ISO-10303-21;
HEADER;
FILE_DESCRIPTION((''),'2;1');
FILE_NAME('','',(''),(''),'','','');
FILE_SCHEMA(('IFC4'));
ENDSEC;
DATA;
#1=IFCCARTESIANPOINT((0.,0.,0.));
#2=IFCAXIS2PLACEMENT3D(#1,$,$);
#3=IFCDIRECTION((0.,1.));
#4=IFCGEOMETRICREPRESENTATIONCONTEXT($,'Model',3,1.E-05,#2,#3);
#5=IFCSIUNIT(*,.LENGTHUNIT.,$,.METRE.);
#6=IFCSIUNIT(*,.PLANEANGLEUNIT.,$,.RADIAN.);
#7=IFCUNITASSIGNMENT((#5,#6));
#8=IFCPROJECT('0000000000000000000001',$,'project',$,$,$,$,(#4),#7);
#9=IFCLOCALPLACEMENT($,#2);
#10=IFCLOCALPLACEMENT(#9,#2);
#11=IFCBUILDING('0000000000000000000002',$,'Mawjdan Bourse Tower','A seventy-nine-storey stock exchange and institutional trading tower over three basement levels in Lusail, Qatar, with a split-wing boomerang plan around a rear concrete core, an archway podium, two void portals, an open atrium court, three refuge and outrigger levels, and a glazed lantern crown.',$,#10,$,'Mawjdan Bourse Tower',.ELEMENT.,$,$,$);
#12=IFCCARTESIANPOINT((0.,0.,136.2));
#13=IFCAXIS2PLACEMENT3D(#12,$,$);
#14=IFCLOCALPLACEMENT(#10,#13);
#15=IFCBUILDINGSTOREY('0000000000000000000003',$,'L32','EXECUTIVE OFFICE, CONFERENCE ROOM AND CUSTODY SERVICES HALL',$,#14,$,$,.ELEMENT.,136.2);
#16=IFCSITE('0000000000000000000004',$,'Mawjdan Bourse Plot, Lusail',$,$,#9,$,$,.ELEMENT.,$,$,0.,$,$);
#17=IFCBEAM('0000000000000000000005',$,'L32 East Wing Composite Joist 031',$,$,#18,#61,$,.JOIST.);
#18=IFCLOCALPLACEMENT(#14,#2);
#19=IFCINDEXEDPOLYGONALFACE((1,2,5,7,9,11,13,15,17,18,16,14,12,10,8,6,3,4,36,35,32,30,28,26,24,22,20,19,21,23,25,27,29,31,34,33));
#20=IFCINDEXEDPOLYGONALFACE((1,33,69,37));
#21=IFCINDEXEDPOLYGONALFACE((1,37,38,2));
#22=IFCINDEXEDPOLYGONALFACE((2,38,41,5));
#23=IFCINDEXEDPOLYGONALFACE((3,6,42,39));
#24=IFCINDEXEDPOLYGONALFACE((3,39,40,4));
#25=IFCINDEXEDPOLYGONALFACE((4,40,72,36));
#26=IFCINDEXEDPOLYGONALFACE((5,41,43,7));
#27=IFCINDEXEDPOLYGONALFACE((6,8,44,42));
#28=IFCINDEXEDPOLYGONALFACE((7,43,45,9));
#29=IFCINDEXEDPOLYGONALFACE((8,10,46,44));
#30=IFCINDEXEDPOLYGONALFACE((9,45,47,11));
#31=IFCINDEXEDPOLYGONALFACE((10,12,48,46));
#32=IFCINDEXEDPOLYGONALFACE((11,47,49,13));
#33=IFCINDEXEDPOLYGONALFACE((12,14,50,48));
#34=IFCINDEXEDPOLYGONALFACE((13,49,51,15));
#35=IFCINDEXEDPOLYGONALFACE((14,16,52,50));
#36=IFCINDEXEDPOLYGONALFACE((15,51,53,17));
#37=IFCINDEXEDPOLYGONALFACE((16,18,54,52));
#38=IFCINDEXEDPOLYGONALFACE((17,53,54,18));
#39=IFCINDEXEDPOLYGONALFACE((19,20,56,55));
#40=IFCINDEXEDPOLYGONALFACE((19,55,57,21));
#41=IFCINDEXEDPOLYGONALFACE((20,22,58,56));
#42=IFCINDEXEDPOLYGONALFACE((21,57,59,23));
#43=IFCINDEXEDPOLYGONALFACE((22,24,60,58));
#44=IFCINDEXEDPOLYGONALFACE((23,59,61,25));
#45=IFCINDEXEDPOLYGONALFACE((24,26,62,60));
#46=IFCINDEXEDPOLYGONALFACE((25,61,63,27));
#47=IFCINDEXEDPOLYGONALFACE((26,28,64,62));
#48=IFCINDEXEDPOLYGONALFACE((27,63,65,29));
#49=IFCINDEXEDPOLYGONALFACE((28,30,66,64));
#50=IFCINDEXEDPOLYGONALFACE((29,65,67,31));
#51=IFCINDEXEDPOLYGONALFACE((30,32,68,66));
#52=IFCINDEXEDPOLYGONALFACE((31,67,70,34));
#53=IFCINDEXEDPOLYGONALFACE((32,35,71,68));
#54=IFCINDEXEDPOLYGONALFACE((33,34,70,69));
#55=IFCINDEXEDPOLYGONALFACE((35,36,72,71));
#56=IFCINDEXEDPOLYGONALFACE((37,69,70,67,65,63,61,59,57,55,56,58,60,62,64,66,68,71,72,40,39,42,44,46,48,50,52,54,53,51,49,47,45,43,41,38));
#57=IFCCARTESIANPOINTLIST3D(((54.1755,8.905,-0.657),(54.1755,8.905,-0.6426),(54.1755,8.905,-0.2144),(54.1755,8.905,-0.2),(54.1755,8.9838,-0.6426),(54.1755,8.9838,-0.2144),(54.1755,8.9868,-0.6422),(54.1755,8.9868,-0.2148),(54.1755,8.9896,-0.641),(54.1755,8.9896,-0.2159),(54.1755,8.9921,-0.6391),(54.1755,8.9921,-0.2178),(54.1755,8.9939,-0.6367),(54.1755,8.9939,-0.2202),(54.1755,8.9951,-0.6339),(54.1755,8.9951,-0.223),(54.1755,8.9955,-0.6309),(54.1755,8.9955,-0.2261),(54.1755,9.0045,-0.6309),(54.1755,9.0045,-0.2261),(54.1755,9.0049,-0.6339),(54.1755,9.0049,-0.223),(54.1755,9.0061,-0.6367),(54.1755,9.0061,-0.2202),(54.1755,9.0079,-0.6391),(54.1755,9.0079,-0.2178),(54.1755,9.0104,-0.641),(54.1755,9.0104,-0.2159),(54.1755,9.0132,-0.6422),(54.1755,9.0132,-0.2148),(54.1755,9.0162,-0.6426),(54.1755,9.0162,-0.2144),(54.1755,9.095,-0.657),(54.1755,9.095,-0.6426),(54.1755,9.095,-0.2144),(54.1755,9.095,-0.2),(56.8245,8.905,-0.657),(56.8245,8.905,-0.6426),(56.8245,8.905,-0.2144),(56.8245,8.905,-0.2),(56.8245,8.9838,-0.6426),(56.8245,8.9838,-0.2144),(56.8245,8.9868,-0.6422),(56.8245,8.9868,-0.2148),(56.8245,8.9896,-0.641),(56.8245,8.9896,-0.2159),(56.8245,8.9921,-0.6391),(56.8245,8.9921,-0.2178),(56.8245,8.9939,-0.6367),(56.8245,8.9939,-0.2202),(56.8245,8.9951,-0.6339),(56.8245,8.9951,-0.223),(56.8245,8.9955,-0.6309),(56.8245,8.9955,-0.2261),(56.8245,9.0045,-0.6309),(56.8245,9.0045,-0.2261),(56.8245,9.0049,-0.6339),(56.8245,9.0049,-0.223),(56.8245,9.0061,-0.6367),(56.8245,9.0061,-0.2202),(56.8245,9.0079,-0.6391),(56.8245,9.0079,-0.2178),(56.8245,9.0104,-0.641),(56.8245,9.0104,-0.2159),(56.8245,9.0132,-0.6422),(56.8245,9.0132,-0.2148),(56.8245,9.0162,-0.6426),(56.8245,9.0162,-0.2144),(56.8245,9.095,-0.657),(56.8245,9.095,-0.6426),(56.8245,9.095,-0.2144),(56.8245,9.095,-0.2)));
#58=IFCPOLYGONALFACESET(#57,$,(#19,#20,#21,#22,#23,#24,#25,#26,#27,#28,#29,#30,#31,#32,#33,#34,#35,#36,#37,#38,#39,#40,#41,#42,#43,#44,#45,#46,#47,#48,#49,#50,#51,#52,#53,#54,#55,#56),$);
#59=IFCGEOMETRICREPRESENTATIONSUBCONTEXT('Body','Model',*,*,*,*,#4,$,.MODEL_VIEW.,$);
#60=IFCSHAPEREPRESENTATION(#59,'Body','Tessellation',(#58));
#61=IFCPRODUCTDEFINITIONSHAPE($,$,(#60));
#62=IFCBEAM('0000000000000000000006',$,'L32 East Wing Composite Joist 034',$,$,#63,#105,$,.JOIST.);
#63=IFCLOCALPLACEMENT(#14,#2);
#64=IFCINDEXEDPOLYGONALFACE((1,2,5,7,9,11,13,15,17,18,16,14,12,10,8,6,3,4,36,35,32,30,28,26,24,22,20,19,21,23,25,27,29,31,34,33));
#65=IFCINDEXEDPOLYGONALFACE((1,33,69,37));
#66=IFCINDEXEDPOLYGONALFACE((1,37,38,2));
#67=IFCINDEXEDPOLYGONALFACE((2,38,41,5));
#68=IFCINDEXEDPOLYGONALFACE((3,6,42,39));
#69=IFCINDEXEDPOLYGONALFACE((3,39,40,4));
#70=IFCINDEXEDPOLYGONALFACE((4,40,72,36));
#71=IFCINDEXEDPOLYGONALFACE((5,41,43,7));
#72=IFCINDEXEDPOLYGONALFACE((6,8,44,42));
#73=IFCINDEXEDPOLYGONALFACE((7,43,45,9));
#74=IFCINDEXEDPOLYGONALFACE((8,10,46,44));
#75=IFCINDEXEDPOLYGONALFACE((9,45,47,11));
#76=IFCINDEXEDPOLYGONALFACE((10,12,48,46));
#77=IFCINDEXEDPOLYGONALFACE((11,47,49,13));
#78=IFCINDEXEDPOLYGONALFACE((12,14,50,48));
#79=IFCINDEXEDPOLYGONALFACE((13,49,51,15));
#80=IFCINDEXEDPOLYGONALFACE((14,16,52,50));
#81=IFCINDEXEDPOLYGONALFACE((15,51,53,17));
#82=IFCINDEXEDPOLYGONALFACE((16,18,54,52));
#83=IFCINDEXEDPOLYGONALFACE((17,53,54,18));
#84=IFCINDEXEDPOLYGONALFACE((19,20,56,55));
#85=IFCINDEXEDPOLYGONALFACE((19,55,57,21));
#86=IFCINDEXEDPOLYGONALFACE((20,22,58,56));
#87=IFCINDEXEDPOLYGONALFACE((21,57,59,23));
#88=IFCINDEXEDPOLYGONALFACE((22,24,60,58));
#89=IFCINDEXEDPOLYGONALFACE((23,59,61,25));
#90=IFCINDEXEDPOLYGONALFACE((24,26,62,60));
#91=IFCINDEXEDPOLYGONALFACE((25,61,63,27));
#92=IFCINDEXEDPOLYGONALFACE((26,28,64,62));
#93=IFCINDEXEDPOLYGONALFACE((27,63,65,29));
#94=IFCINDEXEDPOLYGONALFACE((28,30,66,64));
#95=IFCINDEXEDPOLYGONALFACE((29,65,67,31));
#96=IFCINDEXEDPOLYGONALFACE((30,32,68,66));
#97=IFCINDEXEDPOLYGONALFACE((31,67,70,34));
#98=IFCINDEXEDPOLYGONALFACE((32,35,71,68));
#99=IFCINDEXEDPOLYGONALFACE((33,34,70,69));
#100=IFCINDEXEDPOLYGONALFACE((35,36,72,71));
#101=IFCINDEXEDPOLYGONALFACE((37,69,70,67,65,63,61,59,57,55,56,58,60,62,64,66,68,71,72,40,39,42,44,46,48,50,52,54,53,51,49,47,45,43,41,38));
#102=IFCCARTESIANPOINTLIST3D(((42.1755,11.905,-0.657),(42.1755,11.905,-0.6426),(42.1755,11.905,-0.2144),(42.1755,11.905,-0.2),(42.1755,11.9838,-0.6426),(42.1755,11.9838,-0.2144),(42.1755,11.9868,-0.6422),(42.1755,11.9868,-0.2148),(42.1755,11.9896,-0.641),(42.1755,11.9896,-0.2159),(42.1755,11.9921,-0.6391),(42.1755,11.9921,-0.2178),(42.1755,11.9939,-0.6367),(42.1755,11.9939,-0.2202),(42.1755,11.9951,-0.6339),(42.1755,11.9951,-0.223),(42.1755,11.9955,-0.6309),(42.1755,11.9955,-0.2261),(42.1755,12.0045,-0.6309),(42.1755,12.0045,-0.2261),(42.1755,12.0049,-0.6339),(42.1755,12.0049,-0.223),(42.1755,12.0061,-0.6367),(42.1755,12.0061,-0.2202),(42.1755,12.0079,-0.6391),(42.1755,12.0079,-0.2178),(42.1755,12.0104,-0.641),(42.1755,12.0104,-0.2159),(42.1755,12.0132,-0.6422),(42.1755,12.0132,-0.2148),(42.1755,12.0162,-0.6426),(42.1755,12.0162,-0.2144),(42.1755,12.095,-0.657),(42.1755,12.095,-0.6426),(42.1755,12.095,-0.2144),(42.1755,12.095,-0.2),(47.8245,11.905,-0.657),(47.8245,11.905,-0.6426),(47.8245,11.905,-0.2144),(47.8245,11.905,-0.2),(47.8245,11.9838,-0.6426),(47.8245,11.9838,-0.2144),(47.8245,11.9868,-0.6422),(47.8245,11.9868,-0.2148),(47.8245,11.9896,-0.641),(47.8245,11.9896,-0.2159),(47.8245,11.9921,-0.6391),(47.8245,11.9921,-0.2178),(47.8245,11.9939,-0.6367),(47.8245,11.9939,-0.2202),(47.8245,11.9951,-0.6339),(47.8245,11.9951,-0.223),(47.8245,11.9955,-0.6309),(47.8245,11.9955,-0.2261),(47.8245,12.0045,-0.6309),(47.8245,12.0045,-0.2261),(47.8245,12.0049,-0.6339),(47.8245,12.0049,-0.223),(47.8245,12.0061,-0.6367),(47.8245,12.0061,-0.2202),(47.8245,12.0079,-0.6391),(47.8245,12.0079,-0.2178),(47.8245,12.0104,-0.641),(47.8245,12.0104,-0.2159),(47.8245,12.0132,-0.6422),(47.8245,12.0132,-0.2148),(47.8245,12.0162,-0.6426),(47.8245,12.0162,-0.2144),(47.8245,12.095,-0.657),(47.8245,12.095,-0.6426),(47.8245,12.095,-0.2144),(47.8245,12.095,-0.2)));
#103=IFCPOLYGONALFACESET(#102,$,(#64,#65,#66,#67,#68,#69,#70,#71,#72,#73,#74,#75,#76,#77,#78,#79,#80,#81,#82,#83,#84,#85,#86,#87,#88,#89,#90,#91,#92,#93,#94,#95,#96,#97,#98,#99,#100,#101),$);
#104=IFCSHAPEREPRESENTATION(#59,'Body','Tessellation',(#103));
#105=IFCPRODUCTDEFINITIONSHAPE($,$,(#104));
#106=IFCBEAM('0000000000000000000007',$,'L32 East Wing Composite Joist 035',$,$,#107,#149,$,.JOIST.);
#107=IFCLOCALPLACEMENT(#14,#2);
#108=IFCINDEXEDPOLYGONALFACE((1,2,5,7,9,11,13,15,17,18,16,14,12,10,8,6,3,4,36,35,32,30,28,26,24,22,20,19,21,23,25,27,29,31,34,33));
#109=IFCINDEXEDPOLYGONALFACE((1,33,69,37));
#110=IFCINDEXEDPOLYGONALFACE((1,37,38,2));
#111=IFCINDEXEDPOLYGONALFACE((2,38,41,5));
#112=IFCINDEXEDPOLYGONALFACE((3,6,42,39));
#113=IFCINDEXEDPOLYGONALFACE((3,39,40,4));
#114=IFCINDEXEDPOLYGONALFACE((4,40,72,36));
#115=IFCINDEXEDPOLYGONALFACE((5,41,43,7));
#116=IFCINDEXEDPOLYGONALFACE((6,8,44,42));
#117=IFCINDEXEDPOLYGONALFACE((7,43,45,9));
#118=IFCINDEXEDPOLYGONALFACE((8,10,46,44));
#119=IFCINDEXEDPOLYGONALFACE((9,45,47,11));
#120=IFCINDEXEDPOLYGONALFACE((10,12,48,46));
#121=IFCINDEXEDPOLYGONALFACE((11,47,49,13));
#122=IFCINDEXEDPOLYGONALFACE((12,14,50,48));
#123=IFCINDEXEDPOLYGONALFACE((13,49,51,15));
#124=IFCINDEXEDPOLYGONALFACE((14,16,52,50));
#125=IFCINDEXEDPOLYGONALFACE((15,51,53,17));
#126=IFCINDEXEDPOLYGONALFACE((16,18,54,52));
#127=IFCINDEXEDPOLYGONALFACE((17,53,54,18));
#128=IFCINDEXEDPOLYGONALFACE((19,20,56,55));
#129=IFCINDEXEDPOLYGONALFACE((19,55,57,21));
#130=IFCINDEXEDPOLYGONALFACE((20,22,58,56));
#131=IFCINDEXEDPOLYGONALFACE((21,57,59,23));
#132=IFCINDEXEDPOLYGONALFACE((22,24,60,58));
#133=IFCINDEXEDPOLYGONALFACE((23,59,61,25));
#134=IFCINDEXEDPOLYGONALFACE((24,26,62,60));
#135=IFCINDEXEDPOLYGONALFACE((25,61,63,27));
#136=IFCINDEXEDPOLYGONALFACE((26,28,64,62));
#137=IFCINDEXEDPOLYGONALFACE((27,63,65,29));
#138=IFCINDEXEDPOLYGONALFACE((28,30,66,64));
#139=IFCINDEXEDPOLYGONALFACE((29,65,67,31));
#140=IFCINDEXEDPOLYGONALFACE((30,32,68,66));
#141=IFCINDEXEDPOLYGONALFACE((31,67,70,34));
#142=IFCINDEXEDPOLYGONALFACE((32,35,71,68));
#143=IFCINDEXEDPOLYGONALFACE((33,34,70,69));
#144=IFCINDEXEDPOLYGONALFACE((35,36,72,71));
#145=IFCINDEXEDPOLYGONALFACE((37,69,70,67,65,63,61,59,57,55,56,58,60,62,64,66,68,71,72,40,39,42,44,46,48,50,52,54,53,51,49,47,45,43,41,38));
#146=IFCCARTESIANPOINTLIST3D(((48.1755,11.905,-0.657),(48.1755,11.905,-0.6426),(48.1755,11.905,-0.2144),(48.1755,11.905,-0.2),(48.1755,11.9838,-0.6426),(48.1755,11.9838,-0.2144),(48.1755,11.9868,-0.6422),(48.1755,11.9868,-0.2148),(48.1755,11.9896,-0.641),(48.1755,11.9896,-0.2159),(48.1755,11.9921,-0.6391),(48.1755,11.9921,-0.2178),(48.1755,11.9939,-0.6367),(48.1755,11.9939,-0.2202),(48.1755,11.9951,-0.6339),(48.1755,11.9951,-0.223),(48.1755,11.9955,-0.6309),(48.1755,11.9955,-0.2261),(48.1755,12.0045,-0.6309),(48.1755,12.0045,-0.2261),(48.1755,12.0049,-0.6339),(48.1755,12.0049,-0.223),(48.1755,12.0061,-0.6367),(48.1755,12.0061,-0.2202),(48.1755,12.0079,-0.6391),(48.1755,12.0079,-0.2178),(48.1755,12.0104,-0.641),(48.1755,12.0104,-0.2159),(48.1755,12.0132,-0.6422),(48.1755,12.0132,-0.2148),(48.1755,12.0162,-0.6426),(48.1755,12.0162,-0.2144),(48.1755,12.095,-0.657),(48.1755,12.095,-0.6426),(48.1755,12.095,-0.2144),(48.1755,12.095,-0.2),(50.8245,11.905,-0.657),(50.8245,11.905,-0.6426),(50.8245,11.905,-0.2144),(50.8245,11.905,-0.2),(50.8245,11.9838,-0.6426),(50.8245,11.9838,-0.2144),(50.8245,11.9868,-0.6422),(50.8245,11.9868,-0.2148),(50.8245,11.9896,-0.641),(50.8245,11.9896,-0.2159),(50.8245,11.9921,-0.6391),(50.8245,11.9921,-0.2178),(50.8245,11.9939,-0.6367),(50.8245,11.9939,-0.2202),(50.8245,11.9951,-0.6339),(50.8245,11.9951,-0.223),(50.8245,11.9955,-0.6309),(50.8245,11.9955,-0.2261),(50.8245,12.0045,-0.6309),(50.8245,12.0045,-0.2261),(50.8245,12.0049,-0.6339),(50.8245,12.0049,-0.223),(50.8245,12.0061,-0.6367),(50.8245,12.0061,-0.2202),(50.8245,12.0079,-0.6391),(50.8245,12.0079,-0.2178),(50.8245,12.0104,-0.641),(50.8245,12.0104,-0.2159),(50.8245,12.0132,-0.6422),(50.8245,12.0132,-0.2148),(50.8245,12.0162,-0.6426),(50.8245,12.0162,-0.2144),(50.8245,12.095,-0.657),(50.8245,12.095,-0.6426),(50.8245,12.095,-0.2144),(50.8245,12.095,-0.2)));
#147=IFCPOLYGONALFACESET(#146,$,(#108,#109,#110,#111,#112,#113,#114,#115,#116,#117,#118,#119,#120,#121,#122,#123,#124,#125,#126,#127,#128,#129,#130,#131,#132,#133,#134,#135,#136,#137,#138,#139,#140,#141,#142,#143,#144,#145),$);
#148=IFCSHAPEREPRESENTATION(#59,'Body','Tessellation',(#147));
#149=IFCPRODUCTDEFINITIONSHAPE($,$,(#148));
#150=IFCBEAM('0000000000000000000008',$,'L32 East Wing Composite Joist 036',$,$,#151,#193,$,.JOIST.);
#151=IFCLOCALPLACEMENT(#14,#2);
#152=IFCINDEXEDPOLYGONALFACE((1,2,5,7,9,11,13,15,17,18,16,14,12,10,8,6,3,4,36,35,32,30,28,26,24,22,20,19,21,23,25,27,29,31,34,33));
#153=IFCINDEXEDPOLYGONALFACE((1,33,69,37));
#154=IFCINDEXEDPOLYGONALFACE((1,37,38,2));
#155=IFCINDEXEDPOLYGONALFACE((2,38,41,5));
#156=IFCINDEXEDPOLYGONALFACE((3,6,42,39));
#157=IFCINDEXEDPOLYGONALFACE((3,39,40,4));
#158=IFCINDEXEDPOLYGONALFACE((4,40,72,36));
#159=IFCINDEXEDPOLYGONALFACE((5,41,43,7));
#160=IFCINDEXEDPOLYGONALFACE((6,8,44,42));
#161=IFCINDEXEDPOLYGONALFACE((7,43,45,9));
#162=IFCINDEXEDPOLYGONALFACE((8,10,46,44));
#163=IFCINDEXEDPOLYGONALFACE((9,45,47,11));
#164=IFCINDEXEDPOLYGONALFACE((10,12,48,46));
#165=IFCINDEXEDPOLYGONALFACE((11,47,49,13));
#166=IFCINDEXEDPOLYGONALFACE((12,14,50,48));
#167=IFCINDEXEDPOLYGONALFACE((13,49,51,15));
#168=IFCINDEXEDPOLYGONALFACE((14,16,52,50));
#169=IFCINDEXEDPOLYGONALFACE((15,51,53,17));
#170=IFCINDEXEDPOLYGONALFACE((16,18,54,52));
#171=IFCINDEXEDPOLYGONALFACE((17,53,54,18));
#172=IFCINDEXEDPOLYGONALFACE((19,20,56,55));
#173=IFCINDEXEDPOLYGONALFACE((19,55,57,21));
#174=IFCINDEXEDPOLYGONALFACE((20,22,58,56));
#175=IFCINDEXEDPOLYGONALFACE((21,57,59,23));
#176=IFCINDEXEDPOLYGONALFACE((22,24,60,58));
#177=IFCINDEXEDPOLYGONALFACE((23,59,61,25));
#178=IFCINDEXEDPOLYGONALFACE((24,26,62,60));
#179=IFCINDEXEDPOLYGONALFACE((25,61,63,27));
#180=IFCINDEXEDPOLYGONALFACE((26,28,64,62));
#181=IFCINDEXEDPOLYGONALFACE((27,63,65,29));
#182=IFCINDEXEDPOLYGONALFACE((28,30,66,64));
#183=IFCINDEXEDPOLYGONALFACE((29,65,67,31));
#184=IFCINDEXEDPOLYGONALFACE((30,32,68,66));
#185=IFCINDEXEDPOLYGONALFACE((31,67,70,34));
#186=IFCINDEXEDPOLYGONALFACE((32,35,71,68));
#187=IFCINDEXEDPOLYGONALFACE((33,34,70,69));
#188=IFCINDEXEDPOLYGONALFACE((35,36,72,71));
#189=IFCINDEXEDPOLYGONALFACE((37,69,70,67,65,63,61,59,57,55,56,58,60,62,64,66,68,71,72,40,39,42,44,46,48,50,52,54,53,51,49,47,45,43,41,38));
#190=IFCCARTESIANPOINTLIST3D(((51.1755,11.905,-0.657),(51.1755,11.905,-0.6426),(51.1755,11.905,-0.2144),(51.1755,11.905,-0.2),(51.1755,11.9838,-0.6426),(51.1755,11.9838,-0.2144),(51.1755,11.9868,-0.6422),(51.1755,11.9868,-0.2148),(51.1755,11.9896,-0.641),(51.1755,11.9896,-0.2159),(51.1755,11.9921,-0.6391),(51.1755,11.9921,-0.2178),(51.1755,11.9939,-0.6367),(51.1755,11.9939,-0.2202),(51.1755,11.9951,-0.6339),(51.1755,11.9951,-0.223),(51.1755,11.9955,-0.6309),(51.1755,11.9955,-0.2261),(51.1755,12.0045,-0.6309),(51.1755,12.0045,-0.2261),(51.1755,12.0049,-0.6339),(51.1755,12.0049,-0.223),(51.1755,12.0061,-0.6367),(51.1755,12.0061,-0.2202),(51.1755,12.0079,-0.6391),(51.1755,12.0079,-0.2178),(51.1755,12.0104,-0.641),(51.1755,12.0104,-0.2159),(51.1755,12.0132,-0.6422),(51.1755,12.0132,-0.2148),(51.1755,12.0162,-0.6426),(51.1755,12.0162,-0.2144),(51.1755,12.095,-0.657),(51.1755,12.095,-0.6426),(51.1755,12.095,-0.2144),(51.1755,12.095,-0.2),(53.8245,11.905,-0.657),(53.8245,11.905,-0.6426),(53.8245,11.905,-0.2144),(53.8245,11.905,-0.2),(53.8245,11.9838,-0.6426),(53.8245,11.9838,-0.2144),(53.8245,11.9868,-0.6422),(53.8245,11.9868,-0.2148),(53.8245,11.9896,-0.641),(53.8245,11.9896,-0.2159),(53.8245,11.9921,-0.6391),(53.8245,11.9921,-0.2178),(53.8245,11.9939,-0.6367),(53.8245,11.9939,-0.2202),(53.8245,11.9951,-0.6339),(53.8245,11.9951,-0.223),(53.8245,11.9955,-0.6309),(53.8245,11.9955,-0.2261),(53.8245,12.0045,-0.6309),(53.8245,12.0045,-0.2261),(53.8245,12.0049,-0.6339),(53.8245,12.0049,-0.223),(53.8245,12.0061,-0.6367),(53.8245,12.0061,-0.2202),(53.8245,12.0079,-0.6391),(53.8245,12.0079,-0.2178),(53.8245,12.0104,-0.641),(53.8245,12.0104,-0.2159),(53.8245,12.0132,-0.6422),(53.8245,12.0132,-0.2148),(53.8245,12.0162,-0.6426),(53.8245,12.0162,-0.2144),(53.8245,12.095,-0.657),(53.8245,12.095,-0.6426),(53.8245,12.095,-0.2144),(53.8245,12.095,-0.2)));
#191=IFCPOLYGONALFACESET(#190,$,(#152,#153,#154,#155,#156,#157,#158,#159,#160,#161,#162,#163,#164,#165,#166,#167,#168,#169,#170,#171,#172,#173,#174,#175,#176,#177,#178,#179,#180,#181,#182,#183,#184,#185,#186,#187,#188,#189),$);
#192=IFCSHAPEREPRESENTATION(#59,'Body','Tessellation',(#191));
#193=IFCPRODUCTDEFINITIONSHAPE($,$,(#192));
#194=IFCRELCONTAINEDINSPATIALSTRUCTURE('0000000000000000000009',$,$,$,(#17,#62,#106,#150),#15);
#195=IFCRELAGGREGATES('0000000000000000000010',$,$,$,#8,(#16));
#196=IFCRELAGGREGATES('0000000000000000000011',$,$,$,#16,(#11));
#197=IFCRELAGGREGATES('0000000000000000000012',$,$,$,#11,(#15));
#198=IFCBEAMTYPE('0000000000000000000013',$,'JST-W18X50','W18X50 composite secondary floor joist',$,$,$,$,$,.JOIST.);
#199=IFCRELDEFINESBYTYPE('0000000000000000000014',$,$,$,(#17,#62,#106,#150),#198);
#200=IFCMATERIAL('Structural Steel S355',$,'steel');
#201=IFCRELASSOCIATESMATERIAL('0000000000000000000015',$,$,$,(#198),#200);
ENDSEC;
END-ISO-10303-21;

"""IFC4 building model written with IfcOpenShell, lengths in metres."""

from ifc_helpers import new_model, si_unit, direction, frame, origin, origin_2d, place, context, subcontext, project, spatial, i_section, extrude, material, material_profile, profile_set, type_object, element, save


model = new_model("IFC4")

# Units and contexts
model_context = context("Model", 3, precision=1e-05, world=origin(), true_north=direction((0.0, 1.0)))
body_context = subcontext(model_context, "Body", "Model", "MODEL_VIEW")
ifc_project = project(units=[si_unit("LENGTHUNIT", "METRE"), si_unit("PLANEANGLEUNIT", "RADIAN")], contexts=[model_context])

# Site, building, storey
site_placement = place(None, origin())
site = spatial("IfcSite", under=ifc_project, at=site_placement, Name="Mawjdan Bourse Plot, Lusail", CompositionType="ELEMENT", RefElevation=0.0)
building_placement = place(site_placement, origin())
building = spatial("IfcBuilding", under=site, at=building_placement, Name="Mawjdan Bourse Tower", Description="A seventy-nine-storey stock exchange and institutional trading tower over three basement levels in Lusail, Qatar, with a split-wing boomerang plan around a rear concrete core, an archway podium, two void portals, an open atrium court, three refuge and outrigger levels, and a glazed lantern crown.", LongName="Mawjdan Bourse Tower", CompositionType="ELEMENT")
storey_placement = place(building_placement, frame((0.0, 0.0, 136.2)))
storey = spatial("IfcBuildingStorey", under=building, at=storey_placement, Name="L32", Description="EXECUTIVE OFFICE, CONFERENCE ROOM AND CUSTODY SERVICES HALL", CompositionType="ELEMENT", Elevation=136.2)

# Beams
ifc_material_1 = material(Name="Structural Steel S355", Category="steel")
ifc_material_profile_1 = material_profile(ifc_material_1, i_section(OverallWidth=0.1899, OverallDepth=0.457, WebThickness=0.009, FlangeThickness=0.0144, FilletRadius=0.0117, at=origin_2d()), Name="W18X50")
ifc_profile_set_1 = profile_set([ifc_material_profile_1], Name="Structural Steel S355")
beam_type_1 = type_object("IfcBeamType", Name="JST-W18X50", Description="W18X50 composite secondary floor joist", PredefinedType="JOIST", material=ifc_profile_set_1)
for number, where, z_axis, x_axis, name in (
    (1, (54.1755, 9.0, -0.4285), (1.0, 0.0, 0.0), (0.0, 1.0, 0.0), "L32 East Wing Composite Joist 031"),
):
    element("IfcBeam", number, at=place(storey_placement, frame(where, z_axis=z_axis, x_axis=x_axis)), inside=storey, type_object=beam_type_1, Name=name, PredefinedType="JOIST", context=body_context, shape_type="SweptSolid", body=[
        extrude(i_section(OverallWidth=0.1899, OverallDepth=0.457, WebThickness=0.009, FlangeThickness=0.0144, FilletRadius=0.0117, at=origin_2d()), origin(), (0.0, 0.0, 1.0), 2.6489),
    ])
beam_1_placement = place(storey_placement, frame((42.1755, 12.0, -0.4285), z_axis=(1.0, 0.0, 0.0), x_axis=(0.0, 1.0, 0.0)))
element("IfcBeam", 2, at=beam_1_placement, inside=storey, type_object=beam_type_1, Name="L32 East Wing Composite Joist 034", PredefinedType="JOIST", context=body_context, shape_type="SweptSolid", body=[
    extrude(i_section(OverallWidth=0.1899, OverallDepth=0.457, WebThickness=0.009, FlangeThickness=0.0144, FilletRadius=0.0117, at=origin_2d()), origin(), (0.0, 0.0, 1.0), 5.6489),
])
for number, where, z_axis, x_axis, name in (
    (3, (48.1755, 12.0, -0.4285), (1.0, 0.0, 0.0), (0.0, 1.0, 0.0), "L32 East Wing Composite Joist 035"),
    (4, (51.1755, 12.0, -0.4285), (1.0, 0.0, 0.0), (0.0, 1.0, 0.0), "L32 East Wing Composite Joist 036"),
):
    element("IfcBeam", number, at=place(storey_placement, frame(where, z_axis=z_axis, x_axis=x_axis)), inside=storey, type_object=beam_type_1, Name=name, PredefinedType="JOIST", context=body_context, shape_type="SweptSolid", body=[
        extrude(i_section(OverallWidth=0.1899, OverallDepth=0.457, WebThickness=0.009, FlangeThickness=0.0144, FilletRadius=0.0117, at=origin_2d()), origin(), (0.0, 0.0, 1.0), 2.6489),
    ])

save(model, "model.ifc")
